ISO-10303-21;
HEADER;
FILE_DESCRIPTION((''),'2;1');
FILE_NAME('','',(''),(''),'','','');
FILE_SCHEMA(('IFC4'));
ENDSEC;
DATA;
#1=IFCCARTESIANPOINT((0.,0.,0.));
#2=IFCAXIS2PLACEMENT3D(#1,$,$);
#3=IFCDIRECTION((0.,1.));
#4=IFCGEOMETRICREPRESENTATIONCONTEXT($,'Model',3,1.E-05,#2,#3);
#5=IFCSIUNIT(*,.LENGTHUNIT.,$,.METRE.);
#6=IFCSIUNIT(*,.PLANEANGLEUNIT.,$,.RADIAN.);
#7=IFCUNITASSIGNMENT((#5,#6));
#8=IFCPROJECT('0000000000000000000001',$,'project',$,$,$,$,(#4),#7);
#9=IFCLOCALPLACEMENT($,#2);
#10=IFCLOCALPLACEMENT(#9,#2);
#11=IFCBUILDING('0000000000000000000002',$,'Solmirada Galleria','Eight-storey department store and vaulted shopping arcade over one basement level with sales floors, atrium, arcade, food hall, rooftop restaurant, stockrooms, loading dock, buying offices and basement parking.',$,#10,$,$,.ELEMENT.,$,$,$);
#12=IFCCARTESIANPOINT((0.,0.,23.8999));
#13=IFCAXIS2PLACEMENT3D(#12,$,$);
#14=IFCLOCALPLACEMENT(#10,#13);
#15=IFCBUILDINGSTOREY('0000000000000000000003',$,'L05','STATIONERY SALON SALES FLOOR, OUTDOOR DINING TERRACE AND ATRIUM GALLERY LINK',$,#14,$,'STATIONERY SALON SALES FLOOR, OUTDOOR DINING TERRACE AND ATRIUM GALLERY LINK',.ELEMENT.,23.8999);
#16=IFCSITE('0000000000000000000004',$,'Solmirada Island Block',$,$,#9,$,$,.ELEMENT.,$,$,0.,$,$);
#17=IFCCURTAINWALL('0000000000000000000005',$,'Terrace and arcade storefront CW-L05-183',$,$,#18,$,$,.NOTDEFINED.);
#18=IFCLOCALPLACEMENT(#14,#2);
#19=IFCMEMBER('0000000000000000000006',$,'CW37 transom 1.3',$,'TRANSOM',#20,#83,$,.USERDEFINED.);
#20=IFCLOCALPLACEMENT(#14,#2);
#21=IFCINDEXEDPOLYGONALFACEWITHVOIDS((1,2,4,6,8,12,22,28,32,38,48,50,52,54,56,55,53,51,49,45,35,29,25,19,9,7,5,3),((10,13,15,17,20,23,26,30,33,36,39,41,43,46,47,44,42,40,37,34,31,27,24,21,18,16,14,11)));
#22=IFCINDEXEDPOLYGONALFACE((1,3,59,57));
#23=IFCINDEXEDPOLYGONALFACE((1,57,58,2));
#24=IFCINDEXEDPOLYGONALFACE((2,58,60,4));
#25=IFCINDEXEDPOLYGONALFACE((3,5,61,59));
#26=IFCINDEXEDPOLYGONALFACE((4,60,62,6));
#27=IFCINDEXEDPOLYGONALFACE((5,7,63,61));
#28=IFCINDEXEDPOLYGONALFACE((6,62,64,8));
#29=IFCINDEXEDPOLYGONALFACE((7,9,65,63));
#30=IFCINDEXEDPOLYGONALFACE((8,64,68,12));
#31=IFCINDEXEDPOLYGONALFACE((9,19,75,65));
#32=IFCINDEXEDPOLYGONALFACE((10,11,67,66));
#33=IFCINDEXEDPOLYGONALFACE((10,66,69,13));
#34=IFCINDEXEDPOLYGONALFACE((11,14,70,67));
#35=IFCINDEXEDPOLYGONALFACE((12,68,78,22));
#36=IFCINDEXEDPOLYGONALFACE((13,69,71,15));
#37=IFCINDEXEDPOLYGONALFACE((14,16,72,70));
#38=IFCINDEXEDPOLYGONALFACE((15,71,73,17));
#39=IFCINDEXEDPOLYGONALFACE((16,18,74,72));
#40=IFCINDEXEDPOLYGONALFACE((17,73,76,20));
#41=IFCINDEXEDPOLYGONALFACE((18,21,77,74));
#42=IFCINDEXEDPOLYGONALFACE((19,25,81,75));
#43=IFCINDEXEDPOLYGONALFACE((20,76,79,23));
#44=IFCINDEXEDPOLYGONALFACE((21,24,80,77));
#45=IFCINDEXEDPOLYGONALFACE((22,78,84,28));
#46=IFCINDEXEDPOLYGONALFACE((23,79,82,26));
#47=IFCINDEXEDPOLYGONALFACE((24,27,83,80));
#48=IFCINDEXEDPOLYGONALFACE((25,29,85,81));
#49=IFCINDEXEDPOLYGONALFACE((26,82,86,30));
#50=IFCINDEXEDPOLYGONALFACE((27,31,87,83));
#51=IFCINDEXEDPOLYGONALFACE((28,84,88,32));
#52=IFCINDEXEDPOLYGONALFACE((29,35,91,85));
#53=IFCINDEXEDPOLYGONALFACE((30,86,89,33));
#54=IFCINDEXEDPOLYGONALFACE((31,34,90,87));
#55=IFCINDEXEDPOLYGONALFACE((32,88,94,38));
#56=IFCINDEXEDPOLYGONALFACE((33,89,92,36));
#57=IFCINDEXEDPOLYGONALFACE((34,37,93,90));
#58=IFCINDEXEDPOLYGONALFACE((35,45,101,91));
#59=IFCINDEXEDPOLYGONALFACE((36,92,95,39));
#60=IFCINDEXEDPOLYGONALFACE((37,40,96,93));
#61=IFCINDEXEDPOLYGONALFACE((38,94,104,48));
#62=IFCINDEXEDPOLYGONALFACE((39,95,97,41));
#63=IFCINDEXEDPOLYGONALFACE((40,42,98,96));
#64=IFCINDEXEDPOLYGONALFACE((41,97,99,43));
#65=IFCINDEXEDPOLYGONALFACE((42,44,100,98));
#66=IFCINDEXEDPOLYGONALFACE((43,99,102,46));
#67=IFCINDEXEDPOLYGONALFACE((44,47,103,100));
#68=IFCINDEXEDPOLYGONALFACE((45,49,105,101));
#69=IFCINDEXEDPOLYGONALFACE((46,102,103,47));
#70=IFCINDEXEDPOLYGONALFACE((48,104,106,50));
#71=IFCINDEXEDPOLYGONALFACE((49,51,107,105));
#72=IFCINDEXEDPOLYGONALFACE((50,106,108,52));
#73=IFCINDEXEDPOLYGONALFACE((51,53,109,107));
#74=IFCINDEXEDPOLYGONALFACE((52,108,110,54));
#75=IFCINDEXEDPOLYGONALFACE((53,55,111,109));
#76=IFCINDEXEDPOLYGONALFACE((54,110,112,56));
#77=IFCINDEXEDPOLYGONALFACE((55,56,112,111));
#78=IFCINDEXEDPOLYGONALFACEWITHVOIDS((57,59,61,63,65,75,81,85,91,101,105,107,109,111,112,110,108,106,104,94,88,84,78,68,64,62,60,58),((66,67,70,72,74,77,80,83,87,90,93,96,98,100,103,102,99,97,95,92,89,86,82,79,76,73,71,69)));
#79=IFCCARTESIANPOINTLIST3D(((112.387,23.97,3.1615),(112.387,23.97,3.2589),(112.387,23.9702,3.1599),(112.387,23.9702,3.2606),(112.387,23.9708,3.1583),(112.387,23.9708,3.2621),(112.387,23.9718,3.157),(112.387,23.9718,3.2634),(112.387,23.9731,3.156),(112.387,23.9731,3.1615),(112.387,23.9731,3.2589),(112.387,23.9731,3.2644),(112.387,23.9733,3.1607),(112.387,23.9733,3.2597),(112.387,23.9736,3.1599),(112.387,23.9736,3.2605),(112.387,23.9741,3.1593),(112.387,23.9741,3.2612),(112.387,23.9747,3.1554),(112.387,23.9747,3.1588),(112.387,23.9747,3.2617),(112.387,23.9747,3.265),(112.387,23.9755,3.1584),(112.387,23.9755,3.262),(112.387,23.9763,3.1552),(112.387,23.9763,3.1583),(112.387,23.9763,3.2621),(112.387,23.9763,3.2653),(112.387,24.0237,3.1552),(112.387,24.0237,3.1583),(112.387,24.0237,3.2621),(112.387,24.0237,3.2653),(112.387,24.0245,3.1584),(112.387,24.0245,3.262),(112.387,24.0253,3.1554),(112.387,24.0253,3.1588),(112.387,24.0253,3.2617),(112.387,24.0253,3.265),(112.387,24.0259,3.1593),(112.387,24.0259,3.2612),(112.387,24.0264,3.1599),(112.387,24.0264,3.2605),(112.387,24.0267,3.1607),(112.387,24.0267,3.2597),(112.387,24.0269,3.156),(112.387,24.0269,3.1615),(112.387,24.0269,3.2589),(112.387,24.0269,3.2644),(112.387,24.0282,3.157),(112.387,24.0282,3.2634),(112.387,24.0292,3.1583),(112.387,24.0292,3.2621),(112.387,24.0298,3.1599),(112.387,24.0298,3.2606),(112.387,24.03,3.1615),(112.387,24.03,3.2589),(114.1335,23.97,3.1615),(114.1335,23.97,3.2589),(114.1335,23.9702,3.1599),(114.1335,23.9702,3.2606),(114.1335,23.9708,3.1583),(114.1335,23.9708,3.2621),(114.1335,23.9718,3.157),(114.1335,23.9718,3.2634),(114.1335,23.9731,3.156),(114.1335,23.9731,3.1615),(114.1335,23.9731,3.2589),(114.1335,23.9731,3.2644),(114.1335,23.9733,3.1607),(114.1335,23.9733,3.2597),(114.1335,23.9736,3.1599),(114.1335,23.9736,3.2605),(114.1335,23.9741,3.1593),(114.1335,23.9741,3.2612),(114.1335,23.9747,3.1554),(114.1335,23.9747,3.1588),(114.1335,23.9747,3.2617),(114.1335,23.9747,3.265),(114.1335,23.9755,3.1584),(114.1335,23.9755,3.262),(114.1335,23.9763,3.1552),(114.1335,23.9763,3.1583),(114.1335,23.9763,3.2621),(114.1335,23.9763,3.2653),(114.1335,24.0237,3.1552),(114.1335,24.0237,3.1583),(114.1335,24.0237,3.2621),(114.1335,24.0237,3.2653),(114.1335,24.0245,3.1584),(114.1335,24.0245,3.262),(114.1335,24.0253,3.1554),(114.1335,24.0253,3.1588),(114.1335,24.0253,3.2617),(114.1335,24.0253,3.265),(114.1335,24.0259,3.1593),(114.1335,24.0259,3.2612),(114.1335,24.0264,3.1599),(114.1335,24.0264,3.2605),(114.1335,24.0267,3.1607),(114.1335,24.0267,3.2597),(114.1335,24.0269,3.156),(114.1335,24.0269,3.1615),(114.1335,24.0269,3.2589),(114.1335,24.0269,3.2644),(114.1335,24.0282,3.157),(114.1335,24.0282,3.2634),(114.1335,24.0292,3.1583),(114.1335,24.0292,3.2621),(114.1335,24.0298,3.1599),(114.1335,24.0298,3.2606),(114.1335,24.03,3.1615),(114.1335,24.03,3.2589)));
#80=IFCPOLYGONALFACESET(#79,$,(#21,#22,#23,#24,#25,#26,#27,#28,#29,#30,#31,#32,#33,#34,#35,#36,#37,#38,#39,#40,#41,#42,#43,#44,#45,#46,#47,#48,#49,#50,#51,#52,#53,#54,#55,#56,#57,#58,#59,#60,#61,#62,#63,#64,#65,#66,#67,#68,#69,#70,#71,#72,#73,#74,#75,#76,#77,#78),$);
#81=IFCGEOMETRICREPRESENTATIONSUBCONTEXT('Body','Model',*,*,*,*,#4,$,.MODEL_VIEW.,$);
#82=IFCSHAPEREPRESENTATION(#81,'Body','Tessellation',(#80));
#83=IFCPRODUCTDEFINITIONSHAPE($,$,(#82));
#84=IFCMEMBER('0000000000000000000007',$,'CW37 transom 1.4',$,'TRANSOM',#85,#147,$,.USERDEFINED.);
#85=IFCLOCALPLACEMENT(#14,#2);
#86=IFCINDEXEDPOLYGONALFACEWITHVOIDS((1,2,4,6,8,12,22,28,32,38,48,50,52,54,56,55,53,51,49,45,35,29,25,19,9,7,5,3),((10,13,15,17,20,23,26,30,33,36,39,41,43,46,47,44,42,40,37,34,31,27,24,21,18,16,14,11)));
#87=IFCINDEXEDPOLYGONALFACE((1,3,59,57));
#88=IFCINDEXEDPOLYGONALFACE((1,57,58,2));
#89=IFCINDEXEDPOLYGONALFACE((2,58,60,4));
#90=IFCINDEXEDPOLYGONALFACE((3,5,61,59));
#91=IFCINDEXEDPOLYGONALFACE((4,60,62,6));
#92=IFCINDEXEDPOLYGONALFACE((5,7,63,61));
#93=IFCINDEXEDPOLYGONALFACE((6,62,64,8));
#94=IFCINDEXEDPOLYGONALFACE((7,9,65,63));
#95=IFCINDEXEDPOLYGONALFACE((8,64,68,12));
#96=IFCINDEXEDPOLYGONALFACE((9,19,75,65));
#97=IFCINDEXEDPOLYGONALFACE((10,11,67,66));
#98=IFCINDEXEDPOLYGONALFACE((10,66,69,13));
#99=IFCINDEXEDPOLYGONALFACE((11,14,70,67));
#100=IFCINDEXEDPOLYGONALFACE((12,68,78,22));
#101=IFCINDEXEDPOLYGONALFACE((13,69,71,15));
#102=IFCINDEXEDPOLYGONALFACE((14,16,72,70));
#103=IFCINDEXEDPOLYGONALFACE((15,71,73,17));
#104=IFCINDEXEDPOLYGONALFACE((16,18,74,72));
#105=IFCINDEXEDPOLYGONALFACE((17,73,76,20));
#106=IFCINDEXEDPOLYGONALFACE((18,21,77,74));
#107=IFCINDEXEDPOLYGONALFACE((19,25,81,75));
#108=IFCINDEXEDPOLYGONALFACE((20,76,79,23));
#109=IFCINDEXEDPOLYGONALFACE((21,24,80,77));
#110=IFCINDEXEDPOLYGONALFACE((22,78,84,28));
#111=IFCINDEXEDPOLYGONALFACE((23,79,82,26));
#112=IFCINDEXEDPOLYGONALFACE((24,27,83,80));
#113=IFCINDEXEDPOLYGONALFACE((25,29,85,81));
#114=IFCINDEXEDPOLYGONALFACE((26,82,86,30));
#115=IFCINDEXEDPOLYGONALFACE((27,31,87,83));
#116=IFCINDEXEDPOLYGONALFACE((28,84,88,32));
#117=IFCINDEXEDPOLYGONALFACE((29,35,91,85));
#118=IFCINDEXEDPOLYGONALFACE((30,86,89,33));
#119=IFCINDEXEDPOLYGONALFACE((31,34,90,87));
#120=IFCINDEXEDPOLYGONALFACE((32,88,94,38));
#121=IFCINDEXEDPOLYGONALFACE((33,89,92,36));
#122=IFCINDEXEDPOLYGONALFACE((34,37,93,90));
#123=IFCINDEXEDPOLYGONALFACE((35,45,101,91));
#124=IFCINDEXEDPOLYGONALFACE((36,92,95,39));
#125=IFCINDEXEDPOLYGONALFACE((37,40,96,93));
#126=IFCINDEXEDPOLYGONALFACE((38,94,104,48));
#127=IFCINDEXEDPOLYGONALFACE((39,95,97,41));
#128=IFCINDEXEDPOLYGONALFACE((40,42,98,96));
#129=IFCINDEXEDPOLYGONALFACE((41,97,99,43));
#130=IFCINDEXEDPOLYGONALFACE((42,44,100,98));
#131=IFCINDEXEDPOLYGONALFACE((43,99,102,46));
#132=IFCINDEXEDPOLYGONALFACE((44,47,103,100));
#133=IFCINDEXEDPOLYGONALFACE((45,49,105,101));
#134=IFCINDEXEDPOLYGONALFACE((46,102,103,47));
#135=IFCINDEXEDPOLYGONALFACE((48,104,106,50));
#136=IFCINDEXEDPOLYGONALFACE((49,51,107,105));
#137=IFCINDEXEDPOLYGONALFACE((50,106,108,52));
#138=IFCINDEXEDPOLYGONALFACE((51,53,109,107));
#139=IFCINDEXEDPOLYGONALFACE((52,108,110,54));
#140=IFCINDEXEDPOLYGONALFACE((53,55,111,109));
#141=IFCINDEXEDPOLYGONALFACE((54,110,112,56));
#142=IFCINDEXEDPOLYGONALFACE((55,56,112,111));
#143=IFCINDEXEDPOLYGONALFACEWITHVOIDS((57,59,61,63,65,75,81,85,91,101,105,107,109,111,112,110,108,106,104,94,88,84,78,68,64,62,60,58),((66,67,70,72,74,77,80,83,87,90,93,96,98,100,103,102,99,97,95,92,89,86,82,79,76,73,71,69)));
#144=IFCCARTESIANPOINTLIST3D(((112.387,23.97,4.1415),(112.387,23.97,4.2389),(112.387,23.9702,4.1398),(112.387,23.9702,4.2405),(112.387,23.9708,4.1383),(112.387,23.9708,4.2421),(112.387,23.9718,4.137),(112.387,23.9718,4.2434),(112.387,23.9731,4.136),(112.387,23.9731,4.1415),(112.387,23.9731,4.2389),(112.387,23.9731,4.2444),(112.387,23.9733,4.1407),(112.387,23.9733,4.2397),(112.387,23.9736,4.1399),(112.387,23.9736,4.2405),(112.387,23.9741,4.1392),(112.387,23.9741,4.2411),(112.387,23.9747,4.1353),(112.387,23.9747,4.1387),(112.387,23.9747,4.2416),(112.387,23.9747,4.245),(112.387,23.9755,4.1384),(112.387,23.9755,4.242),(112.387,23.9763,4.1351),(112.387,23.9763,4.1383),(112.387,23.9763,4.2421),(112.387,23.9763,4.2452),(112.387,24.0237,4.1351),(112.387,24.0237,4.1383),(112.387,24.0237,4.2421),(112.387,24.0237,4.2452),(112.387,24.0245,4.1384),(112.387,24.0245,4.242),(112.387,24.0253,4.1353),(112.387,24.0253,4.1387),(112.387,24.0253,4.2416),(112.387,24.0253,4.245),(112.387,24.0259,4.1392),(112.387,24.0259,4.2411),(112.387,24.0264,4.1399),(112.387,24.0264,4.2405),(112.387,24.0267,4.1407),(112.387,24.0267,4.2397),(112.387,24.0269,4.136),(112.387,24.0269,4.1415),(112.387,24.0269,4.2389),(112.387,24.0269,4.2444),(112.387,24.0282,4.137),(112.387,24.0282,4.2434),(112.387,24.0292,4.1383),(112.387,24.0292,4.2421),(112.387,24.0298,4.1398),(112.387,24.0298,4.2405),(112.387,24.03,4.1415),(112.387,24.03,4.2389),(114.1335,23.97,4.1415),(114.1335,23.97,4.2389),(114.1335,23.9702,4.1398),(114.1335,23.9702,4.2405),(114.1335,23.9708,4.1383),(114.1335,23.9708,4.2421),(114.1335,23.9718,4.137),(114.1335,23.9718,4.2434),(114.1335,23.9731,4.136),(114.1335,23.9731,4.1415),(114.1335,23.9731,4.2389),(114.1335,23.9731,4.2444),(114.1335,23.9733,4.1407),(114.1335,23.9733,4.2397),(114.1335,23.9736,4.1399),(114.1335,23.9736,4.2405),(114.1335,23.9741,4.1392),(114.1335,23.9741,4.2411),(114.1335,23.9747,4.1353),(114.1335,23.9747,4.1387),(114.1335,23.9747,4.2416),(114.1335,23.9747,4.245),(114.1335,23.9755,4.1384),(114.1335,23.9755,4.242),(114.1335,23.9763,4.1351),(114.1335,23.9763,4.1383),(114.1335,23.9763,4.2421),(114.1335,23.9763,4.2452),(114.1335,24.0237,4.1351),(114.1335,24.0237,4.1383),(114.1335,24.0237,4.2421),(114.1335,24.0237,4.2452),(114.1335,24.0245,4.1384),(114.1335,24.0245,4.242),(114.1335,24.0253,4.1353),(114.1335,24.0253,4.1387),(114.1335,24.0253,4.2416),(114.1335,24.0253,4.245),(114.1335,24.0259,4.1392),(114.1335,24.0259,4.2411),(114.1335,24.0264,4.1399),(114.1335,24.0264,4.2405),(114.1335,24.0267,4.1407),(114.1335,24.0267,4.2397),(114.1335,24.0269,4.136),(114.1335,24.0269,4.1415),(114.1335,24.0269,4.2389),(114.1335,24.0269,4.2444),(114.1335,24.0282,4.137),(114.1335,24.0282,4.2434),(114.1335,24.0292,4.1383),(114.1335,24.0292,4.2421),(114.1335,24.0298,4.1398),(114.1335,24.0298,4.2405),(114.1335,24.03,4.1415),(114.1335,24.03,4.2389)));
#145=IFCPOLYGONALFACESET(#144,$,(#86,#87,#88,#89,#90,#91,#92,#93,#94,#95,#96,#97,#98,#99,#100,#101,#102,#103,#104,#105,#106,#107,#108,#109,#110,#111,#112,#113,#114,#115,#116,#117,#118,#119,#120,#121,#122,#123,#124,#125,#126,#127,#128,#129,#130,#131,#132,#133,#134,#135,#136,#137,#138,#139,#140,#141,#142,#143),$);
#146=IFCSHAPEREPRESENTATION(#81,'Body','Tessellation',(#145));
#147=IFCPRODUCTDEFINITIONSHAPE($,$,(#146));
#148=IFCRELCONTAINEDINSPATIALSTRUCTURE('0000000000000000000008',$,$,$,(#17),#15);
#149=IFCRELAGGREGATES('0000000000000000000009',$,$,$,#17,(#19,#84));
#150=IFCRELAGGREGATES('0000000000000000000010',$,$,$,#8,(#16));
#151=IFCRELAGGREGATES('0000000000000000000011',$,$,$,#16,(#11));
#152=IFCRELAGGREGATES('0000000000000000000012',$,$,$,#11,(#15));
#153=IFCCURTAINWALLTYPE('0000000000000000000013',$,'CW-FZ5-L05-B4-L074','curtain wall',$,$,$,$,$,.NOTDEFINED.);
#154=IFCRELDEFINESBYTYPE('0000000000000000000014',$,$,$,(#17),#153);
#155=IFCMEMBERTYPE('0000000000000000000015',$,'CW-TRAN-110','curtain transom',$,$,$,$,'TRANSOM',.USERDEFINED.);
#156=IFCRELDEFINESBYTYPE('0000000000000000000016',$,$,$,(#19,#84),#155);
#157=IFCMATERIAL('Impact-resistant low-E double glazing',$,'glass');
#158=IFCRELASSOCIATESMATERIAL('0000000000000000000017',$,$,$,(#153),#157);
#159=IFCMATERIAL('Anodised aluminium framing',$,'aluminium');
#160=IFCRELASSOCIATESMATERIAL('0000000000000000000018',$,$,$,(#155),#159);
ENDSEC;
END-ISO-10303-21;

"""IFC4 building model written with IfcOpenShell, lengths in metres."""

from ifc_helpers import new_model, si_unit, direction, frame, origin, origin_2d, place, context, subcontext, project, spatial, hollow_rectangle, extrude, material, material_profile, profile_set, type_object, element, aggregate, save


model = new_model("IFC4")

# Units and contexts
model_context = context("Model", 3, precision=1e-05, world=origin(), true_north=direction((0.0, 1.0)))
body_context = subcontext(model_context, "Body", "Model", "MODEL_VIEW")
ifc_project = project(units=[si_unit("LENGTHUNIT", "METRE"), si_unit("PLANEANGLEUNIT", "RADIAN")], contexts=[model_context])

# Site, building, storey
site_placement = place(None, origin())
site = spatial("IfcSite", under=ifc_project, at=site_placement, Name="Solmirada Island Block", CompositionType="ELEMENT", RefElevation=0.0)
building_placement = place(site_placement, origin())
building = spatial("IfcBuilding", under=site, at=building_placement, Name="Solmirada Galleria", Description="Eight-storey department store and vaulted shopping arcade over one basement level with sales floors, atrium, arcade, food hall, rooftop restaurant, stockrooms, loading dock, buying offices and basement parking.", CompositionType="ELEMENT")
storey_placement = place(building_placement, frame((0.0, 0.0, 23.8999)))
storey = spatial("IfcBuildingStorey", under=building, at=storey_placement, Name="L05", Description="STATIONERY SALON SALES FLOOR, OUTDOOR DINING TERRACE AND ATRIUM GALLERY LINK", LongName="STATIONERY SALON SALES FLOOR, OUTDOOR DINING TERRACE AND ATRIUM GALLERY LINK", CompositionType="ELEMENT", Elevation=23.8999)

# Curtain wall, members
ifc_material_1 = material(Name="Impact-resistant low-E double glazing", Category="glass")
curtain_wall_type = type_object("IfcCurtainWallType", Name="CW-FZ5-L05-B4-L074", Description="curtain wall", PredefinedType="NOTDEFINED", material=ifc_material_1)
curtain_wall_placement = place(storey_placement, origin())
curtain_wall = element("IfcCurtainWall", 1, at=curtain_wall_placement, inside=storey, type_object=curtain_wall_type, Name="Terrace and arcade storefront CW-L05-183", PredefinedType="NOTDEFINED")
ifc_material_2 = material(Name="Anodised aluminium framing", Category="aluminium")
ifc_material_profile_1 = material_profile(ifc_material_2, hollow_rectangle(XDim=0.0601, YDim=0.1101, WallThickness=0.0032, InnerFilletRadius=0.0032, OuterFilletRadius=0.0063, at=origin_2d()), Name="ALU-TRAN-110X60")
ifc_profile_set_1 = profile_set([ifc_material_profile_1], Name="Anodised aluminium framing")
member_type_1 = type_object("IfcMemberType", Name="CW-TRAN-110", Description="curtain transom", ElementType="TRANSOM", PredefinedType="USERDEFINED", material=ifc_profile_set_1)
member_1_placement = place(storey_placement, frame((112.387, 24.0, 3.2102), z_axis=(1.0, 0.0, 0.0), x_axis=(0.0, 1.0, 0.0)))
member_1 = element("IfcMember", 2, at=member_1_placement, type_object=member_type_1, Name="CW37 transom 1.3", ObjectType="TRANSOM", PredefinedType="USERDEFINED", context=body_context, shape_type="SweptSolid", body=[
    extrude(hollow_rectangle(XDim=0.0601, YDim=0.1101, WallThickness=0.0032, InnerFilletRadius=0.0032, OuterFilletRadius=0.0063, at=origin_2d()), origin(), (0.0, 0.0, 1.0), 1.7466),
])
member_2_placement = place(storey_placement, frame((112.387, 24.0, 4.1902), z_axis=(1.0, 0.0, 0.0), x_axis=(0.0, 1.0, 0.0)))
member_2 = element("IfcMember", 3, at=member_2_placement, type_object=member_type_1, Name="CW37 transom 1.4", ObjectType="TRANSOM", PredefinedType="USERDEFINED", context=body_context, shape_type="SweptSolid", body=[
    extrude(hollow_rectangle(XDim=0.0601, YDim=0.1101, WallThickness=0.0032, InnerFilletRadius=0.0032, OuterFilletRadius=0.0063, at=origin_2d()), origin(), (0.0, 0.0, 1.0), 1.7466),
])
aggregate(curtain_wall, [member_1, member_2])

save(model, "model.ifc")
